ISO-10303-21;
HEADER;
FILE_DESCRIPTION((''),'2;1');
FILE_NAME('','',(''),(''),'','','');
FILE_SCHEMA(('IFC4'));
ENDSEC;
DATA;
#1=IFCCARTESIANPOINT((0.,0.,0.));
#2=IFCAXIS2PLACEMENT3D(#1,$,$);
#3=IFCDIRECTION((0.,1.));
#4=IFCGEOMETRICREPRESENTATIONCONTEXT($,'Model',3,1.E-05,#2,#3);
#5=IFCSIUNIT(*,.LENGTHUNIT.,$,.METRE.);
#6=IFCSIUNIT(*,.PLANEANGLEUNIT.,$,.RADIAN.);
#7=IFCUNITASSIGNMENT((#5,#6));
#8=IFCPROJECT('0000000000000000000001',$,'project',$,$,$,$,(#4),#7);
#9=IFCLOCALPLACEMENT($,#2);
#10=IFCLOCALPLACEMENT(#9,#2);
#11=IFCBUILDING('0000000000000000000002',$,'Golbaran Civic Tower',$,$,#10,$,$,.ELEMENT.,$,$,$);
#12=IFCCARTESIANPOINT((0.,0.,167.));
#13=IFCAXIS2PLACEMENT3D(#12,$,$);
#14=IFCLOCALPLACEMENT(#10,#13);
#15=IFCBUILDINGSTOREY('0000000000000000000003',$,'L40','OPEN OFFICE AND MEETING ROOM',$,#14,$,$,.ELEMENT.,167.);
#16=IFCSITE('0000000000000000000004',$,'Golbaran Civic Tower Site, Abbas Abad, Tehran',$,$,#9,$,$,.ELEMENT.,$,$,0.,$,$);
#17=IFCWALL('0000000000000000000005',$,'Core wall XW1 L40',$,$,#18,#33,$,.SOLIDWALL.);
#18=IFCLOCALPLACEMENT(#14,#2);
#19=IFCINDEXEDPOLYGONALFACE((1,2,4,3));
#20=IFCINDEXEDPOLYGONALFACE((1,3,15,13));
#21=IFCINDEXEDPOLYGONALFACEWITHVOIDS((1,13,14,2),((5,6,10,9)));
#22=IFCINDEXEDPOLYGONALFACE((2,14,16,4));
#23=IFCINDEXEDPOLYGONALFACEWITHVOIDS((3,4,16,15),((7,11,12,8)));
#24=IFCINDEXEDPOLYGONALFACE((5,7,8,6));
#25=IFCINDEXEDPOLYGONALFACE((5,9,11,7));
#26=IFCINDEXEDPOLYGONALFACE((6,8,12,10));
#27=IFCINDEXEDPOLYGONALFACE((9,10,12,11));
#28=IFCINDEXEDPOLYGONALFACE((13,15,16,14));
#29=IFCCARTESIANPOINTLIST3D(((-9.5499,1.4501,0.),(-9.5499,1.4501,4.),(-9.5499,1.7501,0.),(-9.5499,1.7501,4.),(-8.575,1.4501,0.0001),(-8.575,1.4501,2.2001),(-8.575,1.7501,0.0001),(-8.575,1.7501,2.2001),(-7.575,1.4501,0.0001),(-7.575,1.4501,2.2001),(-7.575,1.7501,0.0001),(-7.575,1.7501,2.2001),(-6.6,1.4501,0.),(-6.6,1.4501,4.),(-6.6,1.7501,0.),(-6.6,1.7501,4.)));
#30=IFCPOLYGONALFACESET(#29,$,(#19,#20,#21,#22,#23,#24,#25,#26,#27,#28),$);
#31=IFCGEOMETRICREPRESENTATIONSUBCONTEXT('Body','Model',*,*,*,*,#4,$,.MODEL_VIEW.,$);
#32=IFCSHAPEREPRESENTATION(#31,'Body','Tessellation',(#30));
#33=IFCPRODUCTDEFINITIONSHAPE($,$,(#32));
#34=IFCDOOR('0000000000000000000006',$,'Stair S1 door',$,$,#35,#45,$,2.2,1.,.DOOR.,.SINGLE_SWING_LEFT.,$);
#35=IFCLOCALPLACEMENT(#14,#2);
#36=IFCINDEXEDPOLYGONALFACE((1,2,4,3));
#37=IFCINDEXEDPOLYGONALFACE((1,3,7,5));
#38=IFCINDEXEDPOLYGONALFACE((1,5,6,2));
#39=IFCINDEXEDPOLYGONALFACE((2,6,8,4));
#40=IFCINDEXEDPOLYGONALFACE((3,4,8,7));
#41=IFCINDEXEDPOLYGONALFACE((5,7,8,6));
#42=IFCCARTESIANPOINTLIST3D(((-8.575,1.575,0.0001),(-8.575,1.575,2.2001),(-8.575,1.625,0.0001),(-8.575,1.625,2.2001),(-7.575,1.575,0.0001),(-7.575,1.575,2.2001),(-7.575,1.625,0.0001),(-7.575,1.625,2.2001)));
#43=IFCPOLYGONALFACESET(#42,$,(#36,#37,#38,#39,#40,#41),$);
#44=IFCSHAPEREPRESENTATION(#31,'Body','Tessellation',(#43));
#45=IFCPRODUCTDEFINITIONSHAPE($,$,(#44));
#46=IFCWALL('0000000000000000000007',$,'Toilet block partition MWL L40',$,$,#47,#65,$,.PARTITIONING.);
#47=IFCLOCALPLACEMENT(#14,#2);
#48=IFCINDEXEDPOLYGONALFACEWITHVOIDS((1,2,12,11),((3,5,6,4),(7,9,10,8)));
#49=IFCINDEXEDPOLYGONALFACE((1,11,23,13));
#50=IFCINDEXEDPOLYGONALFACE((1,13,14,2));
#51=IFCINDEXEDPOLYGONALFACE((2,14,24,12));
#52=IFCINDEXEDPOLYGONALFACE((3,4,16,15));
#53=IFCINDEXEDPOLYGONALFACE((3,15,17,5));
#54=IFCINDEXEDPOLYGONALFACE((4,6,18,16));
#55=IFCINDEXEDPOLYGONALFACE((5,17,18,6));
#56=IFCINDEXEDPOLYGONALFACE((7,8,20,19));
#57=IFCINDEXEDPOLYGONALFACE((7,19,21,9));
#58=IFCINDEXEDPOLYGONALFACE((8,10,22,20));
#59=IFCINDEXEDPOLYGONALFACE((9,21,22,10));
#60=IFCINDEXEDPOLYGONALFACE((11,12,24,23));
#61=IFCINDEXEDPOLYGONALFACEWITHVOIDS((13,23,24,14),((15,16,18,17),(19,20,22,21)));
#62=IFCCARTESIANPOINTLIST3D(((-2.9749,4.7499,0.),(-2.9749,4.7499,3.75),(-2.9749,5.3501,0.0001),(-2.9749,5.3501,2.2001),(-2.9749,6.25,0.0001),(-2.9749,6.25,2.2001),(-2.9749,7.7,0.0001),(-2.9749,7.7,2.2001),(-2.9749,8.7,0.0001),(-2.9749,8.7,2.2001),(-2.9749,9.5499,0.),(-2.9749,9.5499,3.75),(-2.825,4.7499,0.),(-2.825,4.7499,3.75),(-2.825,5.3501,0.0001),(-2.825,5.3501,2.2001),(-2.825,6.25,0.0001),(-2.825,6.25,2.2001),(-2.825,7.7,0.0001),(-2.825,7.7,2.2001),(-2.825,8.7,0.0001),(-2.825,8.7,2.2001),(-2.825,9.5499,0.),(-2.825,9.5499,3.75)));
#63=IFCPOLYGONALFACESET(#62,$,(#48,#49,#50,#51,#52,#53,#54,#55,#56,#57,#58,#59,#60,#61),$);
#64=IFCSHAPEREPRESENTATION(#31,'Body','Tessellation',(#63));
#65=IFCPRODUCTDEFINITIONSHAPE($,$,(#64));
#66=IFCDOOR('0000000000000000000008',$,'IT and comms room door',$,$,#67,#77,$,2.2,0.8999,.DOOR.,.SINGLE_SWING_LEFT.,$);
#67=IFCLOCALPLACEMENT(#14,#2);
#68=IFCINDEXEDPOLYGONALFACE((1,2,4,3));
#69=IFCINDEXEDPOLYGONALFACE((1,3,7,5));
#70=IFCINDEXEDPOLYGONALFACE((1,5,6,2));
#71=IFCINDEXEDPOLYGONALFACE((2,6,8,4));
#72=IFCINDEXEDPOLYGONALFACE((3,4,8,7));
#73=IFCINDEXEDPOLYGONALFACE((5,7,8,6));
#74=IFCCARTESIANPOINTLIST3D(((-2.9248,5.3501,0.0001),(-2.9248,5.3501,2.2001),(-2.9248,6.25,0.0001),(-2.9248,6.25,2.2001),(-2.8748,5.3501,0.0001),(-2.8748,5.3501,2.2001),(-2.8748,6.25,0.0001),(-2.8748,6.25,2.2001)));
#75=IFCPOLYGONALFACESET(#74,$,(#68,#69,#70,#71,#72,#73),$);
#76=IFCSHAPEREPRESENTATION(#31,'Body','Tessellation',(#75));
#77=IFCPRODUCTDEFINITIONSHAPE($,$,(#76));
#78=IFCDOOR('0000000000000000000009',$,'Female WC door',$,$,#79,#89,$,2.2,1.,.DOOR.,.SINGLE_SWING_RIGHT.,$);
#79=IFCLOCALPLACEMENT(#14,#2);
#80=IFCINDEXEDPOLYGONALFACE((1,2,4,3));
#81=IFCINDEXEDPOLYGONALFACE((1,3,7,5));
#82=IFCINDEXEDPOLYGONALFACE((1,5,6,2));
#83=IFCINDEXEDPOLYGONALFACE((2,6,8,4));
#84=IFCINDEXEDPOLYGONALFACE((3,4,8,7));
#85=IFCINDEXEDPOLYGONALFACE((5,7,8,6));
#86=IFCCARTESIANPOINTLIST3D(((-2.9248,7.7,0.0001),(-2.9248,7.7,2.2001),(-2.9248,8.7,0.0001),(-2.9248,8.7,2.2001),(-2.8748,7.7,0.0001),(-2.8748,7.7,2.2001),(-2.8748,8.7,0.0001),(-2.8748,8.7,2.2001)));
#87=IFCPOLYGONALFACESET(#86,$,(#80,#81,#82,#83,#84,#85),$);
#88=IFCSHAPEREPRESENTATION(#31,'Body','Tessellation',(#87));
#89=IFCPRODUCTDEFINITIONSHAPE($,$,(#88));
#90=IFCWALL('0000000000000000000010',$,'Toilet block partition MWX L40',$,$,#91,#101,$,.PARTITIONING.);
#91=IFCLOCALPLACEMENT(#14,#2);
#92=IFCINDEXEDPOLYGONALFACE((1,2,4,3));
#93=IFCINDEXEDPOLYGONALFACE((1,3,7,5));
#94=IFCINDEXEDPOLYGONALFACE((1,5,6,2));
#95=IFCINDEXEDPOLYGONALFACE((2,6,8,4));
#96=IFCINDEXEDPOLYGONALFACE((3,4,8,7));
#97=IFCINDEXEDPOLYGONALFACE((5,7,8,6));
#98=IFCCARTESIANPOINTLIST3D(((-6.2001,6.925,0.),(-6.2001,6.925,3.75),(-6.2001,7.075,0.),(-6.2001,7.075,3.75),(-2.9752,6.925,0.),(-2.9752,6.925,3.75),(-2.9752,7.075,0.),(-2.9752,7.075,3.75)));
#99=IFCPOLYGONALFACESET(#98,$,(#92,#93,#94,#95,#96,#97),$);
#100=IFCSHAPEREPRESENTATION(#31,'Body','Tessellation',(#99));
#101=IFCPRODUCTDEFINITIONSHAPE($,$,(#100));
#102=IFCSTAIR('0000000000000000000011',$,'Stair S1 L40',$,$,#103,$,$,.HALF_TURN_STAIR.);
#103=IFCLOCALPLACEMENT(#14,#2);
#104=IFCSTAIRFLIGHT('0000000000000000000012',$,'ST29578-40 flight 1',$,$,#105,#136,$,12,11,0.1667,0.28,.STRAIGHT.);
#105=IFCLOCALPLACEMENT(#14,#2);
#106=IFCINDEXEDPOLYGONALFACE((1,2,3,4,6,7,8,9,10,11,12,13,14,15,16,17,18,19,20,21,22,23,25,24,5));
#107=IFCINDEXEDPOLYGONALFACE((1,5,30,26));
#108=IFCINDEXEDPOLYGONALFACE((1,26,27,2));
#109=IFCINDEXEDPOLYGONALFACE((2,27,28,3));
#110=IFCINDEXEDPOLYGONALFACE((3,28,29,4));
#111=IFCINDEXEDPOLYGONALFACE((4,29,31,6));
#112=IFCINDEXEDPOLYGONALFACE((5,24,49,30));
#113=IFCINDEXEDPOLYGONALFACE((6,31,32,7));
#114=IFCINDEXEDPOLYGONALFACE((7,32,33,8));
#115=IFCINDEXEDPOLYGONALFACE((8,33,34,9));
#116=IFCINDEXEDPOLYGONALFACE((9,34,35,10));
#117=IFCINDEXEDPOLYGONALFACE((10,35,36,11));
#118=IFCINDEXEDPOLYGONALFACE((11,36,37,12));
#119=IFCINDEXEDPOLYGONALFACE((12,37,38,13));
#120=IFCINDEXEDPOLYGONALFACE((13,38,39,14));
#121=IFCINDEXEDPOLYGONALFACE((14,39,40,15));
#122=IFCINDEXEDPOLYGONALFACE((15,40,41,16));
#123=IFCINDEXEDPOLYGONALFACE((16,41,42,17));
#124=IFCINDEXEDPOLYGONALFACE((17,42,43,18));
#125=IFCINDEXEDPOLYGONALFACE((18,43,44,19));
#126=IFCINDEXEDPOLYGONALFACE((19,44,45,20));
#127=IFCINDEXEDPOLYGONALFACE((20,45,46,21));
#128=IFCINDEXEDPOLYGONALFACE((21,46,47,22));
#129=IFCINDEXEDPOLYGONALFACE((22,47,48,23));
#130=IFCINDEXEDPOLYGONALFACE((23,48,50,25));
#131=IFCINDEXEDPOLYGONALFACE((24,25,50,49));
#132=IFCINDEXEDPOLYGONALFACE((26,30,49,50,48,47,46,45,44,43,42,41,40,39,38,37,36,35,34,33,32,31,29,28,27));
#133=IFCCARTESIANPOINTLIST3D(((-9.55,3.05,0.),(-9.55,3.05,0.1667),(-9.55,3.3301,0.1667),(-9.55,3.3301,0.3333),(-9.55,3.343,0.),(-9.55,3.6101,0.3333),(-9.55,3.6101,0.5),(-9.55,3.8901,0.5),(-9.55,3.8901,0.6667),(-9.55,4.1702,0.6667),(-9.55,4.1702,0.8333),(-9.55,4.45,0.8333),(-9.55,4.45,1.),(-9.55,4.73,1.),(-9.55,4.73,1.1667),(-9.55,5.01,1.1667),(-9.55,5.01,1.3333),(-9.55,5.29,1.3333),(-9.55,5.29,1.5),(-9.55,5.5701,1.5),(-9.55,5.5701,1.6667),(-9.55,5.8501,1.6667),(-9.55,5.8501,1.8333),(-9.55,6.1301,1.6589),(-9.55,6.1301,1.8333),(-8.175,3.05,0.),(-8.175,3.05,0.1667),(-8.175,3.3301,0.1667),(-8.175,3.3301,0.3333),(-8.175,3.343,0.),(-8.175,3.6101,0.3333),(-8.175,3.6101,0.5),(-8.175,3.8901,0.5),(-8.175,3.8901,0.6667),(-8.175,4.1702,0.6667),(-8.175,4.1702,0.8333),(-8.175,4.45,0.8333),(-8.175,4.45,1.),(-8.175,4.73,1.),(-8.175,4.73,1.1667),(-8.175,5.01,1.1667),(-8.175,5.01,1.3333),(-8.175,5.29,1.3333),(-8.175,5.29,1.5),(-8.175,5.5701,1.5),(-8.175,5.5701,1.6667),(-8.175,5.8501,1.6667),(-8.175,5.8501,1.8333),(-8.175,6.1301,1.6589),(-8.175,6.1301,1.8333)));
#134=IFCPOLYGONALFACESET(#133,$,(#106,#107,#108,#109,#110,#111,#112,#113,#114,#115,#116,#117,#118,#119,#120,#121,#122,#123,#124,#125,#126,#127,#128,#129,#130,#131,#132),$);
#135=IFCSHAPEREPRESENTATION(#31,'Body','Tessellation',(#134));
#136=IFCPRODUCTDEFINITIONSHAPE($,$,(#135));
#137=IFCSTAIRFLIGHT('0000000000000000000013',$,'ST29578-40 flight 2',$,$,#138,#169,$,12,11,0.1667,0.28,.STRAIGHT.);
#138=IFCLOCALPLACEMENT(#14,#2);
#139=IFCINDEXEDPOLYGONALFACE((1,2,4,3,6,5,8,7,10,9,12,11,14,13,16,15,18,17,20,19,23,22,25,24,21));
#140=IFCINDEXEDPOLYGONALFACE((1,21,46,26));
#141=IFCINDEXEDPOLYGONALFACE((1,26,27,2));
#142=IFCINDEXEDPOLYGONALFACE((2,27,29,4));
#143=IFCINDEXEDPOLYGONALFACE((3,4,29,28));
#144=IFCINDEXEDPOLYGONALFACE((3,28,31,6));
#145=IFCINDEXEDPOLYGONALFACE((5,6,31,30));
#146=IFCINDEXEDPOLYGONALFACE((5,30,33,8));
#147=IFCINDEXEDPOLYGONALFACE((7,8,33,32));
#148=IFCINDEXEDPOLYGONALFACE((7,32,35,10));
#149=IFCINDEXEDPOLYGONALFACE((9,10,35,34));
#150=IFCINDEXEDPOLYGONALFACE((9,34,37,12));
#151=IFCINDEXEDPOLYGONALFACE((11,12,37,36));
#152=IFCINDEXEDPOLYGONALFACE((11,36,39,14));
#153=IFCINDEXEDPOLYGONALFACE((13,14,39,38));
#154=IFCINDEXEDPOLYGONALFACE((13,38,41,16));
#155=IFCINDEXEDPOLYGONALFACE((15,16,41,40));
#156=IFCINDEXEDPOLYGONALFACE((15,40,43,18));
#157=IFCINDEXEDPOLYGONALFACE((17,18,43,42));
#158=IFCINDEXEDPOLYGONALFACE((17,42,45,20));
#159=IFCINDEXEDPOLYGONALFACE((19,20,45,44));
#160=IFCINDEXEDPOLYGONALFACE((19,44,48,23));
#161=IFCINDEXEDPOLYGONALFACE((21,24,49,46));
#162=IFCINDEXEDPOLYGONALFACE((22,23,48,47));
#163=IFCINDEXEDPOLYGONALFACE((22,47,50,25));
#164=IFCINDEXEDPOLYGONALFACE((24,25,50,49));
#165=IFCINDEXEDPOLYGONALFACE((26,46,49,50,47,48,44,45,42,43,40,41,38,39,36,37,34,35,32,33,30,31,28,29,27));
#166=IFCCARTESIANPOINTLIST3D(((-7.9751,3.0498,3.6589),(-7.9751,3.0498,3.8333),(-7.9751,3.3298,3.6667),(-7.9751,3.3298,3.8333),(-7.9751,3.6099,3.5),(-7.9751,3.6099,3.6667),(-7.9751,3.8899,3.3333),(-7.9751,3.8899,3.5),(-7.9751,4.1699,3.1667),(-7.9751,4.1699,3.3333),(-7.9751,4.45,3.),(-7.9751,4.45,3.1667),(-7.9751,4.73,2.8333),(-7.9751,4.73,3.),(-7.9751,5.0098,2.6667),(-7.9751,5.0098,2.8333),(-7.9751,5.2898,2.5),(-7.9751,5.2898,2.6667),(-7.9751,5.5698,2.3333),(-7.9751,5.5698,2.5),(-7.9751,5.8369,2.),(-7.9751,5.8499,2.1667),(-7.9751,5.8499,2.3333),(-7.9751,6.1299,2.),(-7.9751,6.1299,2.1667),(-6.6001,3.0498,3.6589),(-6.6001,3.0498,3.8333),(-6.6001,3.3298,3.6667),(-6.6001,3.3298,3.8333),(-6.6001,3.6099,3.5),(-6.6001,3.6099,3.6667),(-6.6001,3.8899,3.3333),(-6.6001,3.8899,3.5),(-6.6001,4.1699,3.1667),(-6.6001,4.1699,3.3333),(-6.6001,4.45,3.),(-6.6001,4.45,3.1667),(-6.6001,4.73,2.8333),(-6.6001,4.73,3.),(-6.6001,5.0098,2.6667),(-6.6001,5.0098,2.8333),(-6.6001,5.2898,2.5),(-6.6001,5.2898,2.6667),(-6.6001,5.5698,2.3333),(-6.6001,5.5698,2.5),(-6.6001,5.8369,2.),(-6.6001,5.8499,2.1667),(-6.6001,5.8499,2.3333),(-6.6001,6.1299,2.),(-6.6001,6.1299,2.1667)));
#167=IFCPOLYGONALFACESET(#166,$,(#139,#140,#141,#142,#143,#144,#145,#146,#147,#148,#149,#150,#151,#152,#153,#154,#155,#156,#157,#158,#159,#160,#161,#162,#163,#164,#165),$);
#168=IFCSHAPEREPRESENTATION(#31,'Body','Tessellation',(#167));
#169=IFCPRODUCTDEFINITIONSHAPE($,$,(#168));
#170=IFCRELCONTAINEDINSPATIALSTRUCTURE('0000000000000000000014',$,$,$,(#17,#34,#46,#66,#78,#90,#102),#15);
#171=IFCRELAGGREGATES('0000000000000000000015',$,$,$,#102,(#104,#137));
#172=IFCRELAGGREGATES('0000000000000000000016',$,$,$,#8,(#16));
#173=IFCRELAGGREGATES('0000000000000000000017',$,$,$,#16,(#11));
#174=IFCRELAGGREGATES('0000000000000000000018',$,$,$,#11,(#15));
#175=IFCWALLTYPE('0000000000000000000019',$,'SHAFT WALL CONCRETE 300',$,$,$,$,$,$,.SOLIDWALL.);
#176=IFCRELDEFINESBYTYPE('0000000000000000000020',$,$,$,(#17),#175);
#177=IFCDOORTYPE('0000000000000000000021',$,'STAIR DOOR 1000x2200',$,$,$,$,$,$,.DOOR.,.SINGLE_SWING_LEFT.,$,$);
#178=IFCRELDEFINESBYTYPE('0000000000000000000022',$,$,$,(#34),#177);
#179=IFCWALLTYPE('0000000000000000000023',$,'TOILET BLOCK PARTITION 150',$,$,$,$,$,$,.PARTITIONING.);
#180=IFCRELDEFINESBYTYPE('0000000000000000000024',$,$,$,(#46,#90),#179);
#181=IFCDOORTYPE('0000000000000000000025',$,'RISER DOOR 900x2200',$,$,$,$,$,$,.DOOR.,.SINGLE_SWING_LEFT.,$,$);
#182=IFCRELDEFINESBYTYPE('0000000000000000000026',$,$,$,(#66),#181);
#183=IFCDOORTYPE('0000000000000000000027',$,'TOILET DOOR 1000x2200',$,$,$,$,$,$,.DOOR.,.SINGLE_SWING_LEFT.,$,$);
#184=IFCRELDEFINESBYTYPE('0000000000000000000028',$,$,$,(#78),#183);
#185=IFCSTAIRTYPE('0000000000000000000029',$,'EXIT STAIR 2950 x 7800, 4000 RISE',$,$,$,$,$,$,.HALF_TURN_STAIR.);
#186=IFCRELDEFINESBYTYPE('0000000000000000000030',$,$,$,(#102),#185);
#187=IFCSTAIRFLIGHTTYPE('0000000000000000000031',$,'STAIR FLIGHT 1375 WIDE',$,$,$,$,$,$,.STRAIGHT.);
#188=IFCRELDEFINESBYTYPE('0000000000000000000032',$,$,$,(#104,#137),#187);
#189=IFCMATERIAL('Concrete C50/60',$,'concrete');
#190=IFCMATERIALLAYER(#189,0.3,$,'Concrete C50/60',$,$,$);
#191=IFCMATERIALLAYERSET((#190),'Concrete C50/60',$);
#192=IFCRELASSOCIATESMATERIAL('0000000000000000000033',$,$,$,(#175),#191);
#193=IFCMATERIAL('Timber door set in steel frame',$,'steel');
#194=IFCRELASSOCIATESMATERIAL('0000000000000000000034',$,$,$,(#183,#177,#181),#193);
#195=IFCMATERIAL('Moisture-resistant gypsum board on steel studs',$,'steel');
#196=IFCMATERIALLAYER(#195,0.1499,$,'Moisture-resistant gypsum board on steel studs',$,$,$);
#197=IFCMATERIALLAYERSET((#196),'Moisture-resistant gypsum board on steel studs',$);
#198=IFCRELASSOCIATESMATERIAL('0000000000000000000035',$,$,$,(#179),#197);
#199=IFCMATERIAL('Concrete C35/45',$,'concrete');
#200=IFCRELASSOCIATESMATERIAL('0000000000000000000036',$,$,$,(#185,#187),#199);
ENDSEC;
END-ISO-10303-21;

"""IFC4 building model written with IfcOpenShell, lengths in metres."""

from ifc_helpers import new_model, si_unit, direction, frame, frame_2d, origin, place, context, subcontext, project, spatial, polyline, rectangle, outline, extrude, material, layer, layer_set, type_object, element, fill, aggregate, save


model = new_model("IFC4")

# Units and contexts
model_context = context("Model", 3, precision=1e-05, world=origin(), true_north=direction((0.0, 1.0)))
body_context = subcontext(model_context, "Body", "Model", "MODEL_VIEW")
ifc_project = project(units=[si_unit("LENGTHUNIT", "METRE"), si_unit("PLANEANGLEUNIT", "RADIAN")], contexts=[model_context])

# Site, building, storey
site_placement = place(None, origin())
site = spatial("IfcSite", under=ifc_project, at=site_placement, Name="Golbaran Civic Tower Site, Abbas Abad, Tehran", CompositionType="ELEMENT", RefElevation=0.0)
building_placement = place(site_placement, origin())
building = spatial("IfcBuilding", under=site, at=building_placement, Name="Golbaran Civic Tower", CompositionType="ELEMENT")
storey_placement = place(building_placement, frame((0.0, 0.0, 167.0)))
storey = spatial("IfcBuildingStorey", under=building, at=storey_placement, Name="L40", Description="OPEN OFFICE AND MEETING ROOM", CompositionType="ELEMENT", Elevation=167.0)

# Shared definitions
ifc_material_1 = material(Name="Concrete C50/60", Category="concrete")
ifc_material_2 = material(Name="Timber door set in steel frame", Category="steel")

# Shared definitions
ifc_layer_1 = layer(ifc_material_1, 0.3, Name="Concrete C50/60")
ifc_layer_set_1 = layer_set([ifc_layer_1], Name="Concrete C50/60")
wall_type_1 = type_object("IfcWallType", Name="SHAFT WALL CONCRETE 300", PredefinedType="SOLIDWALL", material=ifc_layer_set_1)

# Wall, opening, door
door_type_1 = type_object("IfcDoorType", Name="TOILET DOOR 1000x2200", OperationType="SINGLE_SWING_LEFT", PredefinedType="DOOR", material=ifc_material_2)
wall_1_placement = place(storey_placement, frame((-9.55, 1.6001, 0.0), z_axis=(0.0, 0.0, 1.0), x_axis=(1.0, 0.0, 0.0)))
wall_1 = element("IfcWall", 1, at=wall_1_placement, inside=storey, type_object=wall_type_1, Name="Core wall XW1 L40", PredefinedType="SOLIDWALL", context=body_context, shape_type="SweptSolid", body=[
    extrude(rectangle(XDim=2.95, YDim=0.3, at=frame_2d((1.4751, 0.0))), origin(), (0.0, 0.0, 1.0), 4.0),
])
opening_1_placement = place(wall_1_placement, frame((0.9751, 0.0, 0.0)))
opening_1 = element("IfcOpeningElement", 2, at=opening_1_placement, cuts=wall_1, PredefinedType="OPENING", context=body_context, shape_type="SweptSolid", body=[
    extrude(rectangle(XDim=1.0, YDim=2.2, at=frame_2d((0.5, 1.1001))), frame((0.0, 0.1599, 0.0), z_axis=(0.0, -1.0, 0.0), x_axis=(1.0, 0.0, 0.0)), (0.0, 0.0, 1.0), 0.3201),
])
door_type_2 = type_object("IfcDoorType", Name="STAIR DOOR 1000x2200", OperationType="SINGLE_SWING_LEFT", PredefinedType="DOOR", material=ifc_material_2)
door_1_placement = place(opening_1_placement, origin())
door_1 = element("IfcDoor", 3, at=door_1_placement, inside=storey, type_object=door_type_2, Name="Stair S1 door", OperationType="SINGLE_SWING_LEFT", OverallHeight=2.2, OverallWidth=1.0, PredefinedType="DOOR", context=body_context, shape_type="SweptSolid", body=[
    extrude(rectangle(XDim=1.0, YDim=2.2, at=frame_2d((0.5, 1.1001))), frame((0.0, 0.0249, 0.0), z_axis=(0.0, -1.0, 0.0), x_axis=(1.0, 0.0, 0.0)), (0.0, 0.0, 1.0), 0.05),
])
fill(opening_1, door_1)

# Wall, openings, doors
ifc_material_3 = material(Name="Moisture-resistant gypsum board on steel studs", Category="steel")
ifc_layer_2 = layer(ifc_material_3, 0.1499, Name="Moisture-resistant gypsum board on steel studs")
ifc_layer_set_2 = layer_set([ifc_layer_2], Name="Moisture-resistant gypsum board on steel studs")
wall_type_2 = type_object("IfcWallType", Name="TOILET BLOCK PARTITION 150", PredefinedType="PARTITIONING", material=ifc_layer_set_2)
wall_2_placement = place(storey_placement, frame((-2.8999, 4.75, 0.0), z_axis=(0.0, 0.0, 1.0), x_axis=(0.0, 1.0, 0.0)))
wall_2 = element("IfcWall", 4, at=wall_2_placement, inside=storey, type_object=wall_type_2, Name="Toilet block partition MWL L40", PredefinedType="PARTITIONING", context=body_context, shape_type="SweptSolid", body=[
    extrude(rectangle(XDim=4.8, YDim=0.1499, at=frame_2d((2.3999, 0.0))), origin(), (0.0, 0.0, 1.0), 3.75),
])
opening_2_placement = place(wall_2_placement, frame((2.95, 0.0, 0.0)))
opening_2 = element("IfcOpeningElement", 5, at=opening_2_placement, cuts=wall_2, PredefinedType="OPENING", context=body_context, shape_type="SweptSolid", body=[
    extrude(rectangle(XDim=1.0, YDim=2.2, at=frame_2d((0.5, 1.1001))), frame((0.0, 0.085, 0.0), z_axis=(0.0, -1.0, 0.0), x_axis=(1.0, 0.0, 0.0)), (0.0, 0.0, 1.0), 0.1699),
])
opening_3_placement = place(wall_2_placement, frame((0.6001, 0.0, 0.0)))
opening_3 = element("IfcOpeningElement", 6, at=opening_3_placement, cuts=wall_2, PredefinedType="OPENING", context=body_context, shape_type="SweptSolid", body=[
    extrude(rectangle(XDim=0.8999, YDim=2.2, at=frame_2d((0.45, 1.1001))), frame((0.0, 0.085, 0.0), z_axis=(0.0, -1.0, 0.0), x_axis=(1.0, 0.0, 0.0)), (0.0, 0.0, 1.0), 0.1699),
])
door_type_3 = type_object("IfcDoorType", Name="RISER DOOR 900x2200", OperationType="SINGLE_SWING_LEFT", PredefinedType="DOOR", material=ifc_material_2)
door_2_placement = place(opening_3_placement, origin())
door_2 = element("IfcDoor", 7, at=door_2_placement, inside=storey, type_object=door_type_3, Name="IT and comms room door", OperationType="SINGLE_SWING_LEFT", OverallHeight=2.2, OverallWidth=0.8999, PredefinedType="DOOR", context=body_context, shape_type="SweptSolid", body=[
    extrude(rectangle(XDim=0.8999, YDim=2.2, at=frame_2d((0.45, 1.1001))), frame((0.0, 0.0249, 0.0), z_axis=(0.0, -1.0, 0.0), x_axis=(1.0, 0.0, 0.0)), (0.0, 0.0, 1.0), 0.05),
])
fill(opening_3, door_2)
door_3_placement = place(opening_2_placement, origin())
door_3 = element("IfcDoor", 8, at=door_3_placement, inside=storey, type_object=door_type_1, Name="Female WC door", OperationType="SINGLE_SWING_RIGHT", OverallHeight=2.2, OverallWidth=1.0, PredefinedType="DOOR", context=body_context, shape_type="SweptSolid", body=[
    extrude(rectangle(XDim=1.0, YDim=2.2, at=frame_2d((0.5, 1.1001))), frame((0.0, 0.0249, 0.0), z_axis=(0.0, -1.0, 0.0), x_axis=(1.0, 0.0, 0.0)), (0.0, 0.0, 1.0), 0.05),
])
fill(opening_2, door_3)

# Wall
wall_3_placement = place(storey_placement, frame((-6.2, 7.0, 0.0), z_axis=(0.0, 0.0, 1.0), x_axis=(1.0, 0.0, 0.0)))
element("IfcWall", 9, at=wall_3_placement, inside=storey, type_object=wall_type_2, Name="Toilet block partition MWX L40", PredefinedType="PARTITIONING", context=body_context, shape_type="SweptSolid", body=[
    extrude(rectangle(XDim=3.2249, YDim=0.1499, at=frame_2d((1.6123, 0.0))), origin(), (0.0, 0.0, 1.0), 3.75),
])

# Stair, stair flights
ifc_material_4 = material(Name="Concrete C35/45", Category="concrete")
stair_type = type_object("IfcStairType", Name="EXIT STAIR 2950 x 7800, 4000 RISE", PredefinedType="HALF_TURN_STAIR", material=ifc_material_4)
stair_placement = place(storey_placement, origin())
stair = element("IfcStair", 10, at=stair_placement, inside=storey, type_object=stair_type, Name="Stair S1 L40", PredefinedType="HALF_TURN_STAIR")
stair_flight_type = type_object("IfcStairFlightType", Name="STAIR FLIGHT 1375 WIDE", PredefinedType="STRAIGHT", material=ifc_material_4)
stair_flight_1_placement = place(storey_placement, frame((-8.8625, 3.05, 0.0), z_axis=(0.0, 0.0, 1.0), x_axis=(0.0, 1.0, 0.0)))
stair_flight_1 = element("IfcStairFlight", 11, at=stair_flight_1_placement, type_object=stair_flight_type, Name="ST29578-40 flight 1", NumberOfRisers=12, NumberOfTreads=11, PredefinedType="STRAIGHT", RiserHeight=0.1667, TreadLength=0.28, context=body_context, shape_type="SweptSolid", body=[
    extrude(outline(polyline([(0.0, 0.0), (0.0, 0.1667), (0.28, 0.1667), (0.28, 0.3333), (0.5601, 0.3333), (0.5601, 0.5), (0.8401, 0.5), (0.8401, 0.6667), (1.1201, 0.6667), (1.1201, 0.8333), (1.3999, 0.8333), (1.3999, 1.0), (1.6799, 1.0), (1.6799, 1.1667), (1.96, 1.1667), (1.96, 1.3333), (2.24, 1.3333), (2.24, 1.5), (2.52, 1.5), (2.52, 1.6667), (2.8, 1.6667), (2.8, 1.8333), (3.0801, 1.8333), (3.0801, 2.0), (3.0801, 1.6589), (0.293, 0.0), (0.0, 0.0)])), frame((0.0, 0.6875, 0.0), z_axis=(0.0, -1.0, 0.0), x_axis=(1.0, 0.0, 0.0)), (0.0, 0.0, 1.0), 1.375),
])
stair_flight_2_placement = place(storey_placement, frame((-7.2876, 6.1299, 2.0), z_axis=(0.0, 0.0, 1.0), x_axis=(0.0, -1.0, 0.0)))
stair_flight_2 = element("IfcStairFlight", 12, at=stair_flight_2_placement, type_object=stair_flight_type, Name="ST29578-40 flight 2", NumberOfRisers=12, NumberOfTreads=11, PredefinedType="STRAIGHT", RiserHeight=0.1667, TreadLength=0.28, context=body_context, shape_type="SweptSolid", body=[
    extrude(outline(polyline([(0.0, 0.0), (0.0, 0.1667), (0.28, 0.1667), (0.28, 0.3333), (0.5601, 0.3333), (0.5601, 0.5), (0.8401, 0.5), (0.8401, 0.6667), (1.1201, 0.6667), (1.1201, 0.8333), (1.3999, 0.8333), (1.3999, 1.0), (1.6799, 1.0), (1.6799, 1.1667), (1.96, 1.1667), (1.96, 1.3333), (2.24, 1.3333), (2.24, 1.5), (2.52, 1.5), (2.52, 1.6667), (2.8, 1.6667), (2.8, 1.8333), (3.0801, 1.8333), (3.0801, 2.0), (3.0801, 1.6589), (0.293, 0.0), (0.0, 0.0)])), frame((0.0, 0.6875, 0.0), z_axis=(0.0, -1.0, 0.0), x_axis=(1.0, 0.0, 0.0)), (0.0, 0.0, 1.0), 1.375),
])
aggregate(stair, [stair_flight_1, stair_flight_2])

save(model, "model.ifc")
